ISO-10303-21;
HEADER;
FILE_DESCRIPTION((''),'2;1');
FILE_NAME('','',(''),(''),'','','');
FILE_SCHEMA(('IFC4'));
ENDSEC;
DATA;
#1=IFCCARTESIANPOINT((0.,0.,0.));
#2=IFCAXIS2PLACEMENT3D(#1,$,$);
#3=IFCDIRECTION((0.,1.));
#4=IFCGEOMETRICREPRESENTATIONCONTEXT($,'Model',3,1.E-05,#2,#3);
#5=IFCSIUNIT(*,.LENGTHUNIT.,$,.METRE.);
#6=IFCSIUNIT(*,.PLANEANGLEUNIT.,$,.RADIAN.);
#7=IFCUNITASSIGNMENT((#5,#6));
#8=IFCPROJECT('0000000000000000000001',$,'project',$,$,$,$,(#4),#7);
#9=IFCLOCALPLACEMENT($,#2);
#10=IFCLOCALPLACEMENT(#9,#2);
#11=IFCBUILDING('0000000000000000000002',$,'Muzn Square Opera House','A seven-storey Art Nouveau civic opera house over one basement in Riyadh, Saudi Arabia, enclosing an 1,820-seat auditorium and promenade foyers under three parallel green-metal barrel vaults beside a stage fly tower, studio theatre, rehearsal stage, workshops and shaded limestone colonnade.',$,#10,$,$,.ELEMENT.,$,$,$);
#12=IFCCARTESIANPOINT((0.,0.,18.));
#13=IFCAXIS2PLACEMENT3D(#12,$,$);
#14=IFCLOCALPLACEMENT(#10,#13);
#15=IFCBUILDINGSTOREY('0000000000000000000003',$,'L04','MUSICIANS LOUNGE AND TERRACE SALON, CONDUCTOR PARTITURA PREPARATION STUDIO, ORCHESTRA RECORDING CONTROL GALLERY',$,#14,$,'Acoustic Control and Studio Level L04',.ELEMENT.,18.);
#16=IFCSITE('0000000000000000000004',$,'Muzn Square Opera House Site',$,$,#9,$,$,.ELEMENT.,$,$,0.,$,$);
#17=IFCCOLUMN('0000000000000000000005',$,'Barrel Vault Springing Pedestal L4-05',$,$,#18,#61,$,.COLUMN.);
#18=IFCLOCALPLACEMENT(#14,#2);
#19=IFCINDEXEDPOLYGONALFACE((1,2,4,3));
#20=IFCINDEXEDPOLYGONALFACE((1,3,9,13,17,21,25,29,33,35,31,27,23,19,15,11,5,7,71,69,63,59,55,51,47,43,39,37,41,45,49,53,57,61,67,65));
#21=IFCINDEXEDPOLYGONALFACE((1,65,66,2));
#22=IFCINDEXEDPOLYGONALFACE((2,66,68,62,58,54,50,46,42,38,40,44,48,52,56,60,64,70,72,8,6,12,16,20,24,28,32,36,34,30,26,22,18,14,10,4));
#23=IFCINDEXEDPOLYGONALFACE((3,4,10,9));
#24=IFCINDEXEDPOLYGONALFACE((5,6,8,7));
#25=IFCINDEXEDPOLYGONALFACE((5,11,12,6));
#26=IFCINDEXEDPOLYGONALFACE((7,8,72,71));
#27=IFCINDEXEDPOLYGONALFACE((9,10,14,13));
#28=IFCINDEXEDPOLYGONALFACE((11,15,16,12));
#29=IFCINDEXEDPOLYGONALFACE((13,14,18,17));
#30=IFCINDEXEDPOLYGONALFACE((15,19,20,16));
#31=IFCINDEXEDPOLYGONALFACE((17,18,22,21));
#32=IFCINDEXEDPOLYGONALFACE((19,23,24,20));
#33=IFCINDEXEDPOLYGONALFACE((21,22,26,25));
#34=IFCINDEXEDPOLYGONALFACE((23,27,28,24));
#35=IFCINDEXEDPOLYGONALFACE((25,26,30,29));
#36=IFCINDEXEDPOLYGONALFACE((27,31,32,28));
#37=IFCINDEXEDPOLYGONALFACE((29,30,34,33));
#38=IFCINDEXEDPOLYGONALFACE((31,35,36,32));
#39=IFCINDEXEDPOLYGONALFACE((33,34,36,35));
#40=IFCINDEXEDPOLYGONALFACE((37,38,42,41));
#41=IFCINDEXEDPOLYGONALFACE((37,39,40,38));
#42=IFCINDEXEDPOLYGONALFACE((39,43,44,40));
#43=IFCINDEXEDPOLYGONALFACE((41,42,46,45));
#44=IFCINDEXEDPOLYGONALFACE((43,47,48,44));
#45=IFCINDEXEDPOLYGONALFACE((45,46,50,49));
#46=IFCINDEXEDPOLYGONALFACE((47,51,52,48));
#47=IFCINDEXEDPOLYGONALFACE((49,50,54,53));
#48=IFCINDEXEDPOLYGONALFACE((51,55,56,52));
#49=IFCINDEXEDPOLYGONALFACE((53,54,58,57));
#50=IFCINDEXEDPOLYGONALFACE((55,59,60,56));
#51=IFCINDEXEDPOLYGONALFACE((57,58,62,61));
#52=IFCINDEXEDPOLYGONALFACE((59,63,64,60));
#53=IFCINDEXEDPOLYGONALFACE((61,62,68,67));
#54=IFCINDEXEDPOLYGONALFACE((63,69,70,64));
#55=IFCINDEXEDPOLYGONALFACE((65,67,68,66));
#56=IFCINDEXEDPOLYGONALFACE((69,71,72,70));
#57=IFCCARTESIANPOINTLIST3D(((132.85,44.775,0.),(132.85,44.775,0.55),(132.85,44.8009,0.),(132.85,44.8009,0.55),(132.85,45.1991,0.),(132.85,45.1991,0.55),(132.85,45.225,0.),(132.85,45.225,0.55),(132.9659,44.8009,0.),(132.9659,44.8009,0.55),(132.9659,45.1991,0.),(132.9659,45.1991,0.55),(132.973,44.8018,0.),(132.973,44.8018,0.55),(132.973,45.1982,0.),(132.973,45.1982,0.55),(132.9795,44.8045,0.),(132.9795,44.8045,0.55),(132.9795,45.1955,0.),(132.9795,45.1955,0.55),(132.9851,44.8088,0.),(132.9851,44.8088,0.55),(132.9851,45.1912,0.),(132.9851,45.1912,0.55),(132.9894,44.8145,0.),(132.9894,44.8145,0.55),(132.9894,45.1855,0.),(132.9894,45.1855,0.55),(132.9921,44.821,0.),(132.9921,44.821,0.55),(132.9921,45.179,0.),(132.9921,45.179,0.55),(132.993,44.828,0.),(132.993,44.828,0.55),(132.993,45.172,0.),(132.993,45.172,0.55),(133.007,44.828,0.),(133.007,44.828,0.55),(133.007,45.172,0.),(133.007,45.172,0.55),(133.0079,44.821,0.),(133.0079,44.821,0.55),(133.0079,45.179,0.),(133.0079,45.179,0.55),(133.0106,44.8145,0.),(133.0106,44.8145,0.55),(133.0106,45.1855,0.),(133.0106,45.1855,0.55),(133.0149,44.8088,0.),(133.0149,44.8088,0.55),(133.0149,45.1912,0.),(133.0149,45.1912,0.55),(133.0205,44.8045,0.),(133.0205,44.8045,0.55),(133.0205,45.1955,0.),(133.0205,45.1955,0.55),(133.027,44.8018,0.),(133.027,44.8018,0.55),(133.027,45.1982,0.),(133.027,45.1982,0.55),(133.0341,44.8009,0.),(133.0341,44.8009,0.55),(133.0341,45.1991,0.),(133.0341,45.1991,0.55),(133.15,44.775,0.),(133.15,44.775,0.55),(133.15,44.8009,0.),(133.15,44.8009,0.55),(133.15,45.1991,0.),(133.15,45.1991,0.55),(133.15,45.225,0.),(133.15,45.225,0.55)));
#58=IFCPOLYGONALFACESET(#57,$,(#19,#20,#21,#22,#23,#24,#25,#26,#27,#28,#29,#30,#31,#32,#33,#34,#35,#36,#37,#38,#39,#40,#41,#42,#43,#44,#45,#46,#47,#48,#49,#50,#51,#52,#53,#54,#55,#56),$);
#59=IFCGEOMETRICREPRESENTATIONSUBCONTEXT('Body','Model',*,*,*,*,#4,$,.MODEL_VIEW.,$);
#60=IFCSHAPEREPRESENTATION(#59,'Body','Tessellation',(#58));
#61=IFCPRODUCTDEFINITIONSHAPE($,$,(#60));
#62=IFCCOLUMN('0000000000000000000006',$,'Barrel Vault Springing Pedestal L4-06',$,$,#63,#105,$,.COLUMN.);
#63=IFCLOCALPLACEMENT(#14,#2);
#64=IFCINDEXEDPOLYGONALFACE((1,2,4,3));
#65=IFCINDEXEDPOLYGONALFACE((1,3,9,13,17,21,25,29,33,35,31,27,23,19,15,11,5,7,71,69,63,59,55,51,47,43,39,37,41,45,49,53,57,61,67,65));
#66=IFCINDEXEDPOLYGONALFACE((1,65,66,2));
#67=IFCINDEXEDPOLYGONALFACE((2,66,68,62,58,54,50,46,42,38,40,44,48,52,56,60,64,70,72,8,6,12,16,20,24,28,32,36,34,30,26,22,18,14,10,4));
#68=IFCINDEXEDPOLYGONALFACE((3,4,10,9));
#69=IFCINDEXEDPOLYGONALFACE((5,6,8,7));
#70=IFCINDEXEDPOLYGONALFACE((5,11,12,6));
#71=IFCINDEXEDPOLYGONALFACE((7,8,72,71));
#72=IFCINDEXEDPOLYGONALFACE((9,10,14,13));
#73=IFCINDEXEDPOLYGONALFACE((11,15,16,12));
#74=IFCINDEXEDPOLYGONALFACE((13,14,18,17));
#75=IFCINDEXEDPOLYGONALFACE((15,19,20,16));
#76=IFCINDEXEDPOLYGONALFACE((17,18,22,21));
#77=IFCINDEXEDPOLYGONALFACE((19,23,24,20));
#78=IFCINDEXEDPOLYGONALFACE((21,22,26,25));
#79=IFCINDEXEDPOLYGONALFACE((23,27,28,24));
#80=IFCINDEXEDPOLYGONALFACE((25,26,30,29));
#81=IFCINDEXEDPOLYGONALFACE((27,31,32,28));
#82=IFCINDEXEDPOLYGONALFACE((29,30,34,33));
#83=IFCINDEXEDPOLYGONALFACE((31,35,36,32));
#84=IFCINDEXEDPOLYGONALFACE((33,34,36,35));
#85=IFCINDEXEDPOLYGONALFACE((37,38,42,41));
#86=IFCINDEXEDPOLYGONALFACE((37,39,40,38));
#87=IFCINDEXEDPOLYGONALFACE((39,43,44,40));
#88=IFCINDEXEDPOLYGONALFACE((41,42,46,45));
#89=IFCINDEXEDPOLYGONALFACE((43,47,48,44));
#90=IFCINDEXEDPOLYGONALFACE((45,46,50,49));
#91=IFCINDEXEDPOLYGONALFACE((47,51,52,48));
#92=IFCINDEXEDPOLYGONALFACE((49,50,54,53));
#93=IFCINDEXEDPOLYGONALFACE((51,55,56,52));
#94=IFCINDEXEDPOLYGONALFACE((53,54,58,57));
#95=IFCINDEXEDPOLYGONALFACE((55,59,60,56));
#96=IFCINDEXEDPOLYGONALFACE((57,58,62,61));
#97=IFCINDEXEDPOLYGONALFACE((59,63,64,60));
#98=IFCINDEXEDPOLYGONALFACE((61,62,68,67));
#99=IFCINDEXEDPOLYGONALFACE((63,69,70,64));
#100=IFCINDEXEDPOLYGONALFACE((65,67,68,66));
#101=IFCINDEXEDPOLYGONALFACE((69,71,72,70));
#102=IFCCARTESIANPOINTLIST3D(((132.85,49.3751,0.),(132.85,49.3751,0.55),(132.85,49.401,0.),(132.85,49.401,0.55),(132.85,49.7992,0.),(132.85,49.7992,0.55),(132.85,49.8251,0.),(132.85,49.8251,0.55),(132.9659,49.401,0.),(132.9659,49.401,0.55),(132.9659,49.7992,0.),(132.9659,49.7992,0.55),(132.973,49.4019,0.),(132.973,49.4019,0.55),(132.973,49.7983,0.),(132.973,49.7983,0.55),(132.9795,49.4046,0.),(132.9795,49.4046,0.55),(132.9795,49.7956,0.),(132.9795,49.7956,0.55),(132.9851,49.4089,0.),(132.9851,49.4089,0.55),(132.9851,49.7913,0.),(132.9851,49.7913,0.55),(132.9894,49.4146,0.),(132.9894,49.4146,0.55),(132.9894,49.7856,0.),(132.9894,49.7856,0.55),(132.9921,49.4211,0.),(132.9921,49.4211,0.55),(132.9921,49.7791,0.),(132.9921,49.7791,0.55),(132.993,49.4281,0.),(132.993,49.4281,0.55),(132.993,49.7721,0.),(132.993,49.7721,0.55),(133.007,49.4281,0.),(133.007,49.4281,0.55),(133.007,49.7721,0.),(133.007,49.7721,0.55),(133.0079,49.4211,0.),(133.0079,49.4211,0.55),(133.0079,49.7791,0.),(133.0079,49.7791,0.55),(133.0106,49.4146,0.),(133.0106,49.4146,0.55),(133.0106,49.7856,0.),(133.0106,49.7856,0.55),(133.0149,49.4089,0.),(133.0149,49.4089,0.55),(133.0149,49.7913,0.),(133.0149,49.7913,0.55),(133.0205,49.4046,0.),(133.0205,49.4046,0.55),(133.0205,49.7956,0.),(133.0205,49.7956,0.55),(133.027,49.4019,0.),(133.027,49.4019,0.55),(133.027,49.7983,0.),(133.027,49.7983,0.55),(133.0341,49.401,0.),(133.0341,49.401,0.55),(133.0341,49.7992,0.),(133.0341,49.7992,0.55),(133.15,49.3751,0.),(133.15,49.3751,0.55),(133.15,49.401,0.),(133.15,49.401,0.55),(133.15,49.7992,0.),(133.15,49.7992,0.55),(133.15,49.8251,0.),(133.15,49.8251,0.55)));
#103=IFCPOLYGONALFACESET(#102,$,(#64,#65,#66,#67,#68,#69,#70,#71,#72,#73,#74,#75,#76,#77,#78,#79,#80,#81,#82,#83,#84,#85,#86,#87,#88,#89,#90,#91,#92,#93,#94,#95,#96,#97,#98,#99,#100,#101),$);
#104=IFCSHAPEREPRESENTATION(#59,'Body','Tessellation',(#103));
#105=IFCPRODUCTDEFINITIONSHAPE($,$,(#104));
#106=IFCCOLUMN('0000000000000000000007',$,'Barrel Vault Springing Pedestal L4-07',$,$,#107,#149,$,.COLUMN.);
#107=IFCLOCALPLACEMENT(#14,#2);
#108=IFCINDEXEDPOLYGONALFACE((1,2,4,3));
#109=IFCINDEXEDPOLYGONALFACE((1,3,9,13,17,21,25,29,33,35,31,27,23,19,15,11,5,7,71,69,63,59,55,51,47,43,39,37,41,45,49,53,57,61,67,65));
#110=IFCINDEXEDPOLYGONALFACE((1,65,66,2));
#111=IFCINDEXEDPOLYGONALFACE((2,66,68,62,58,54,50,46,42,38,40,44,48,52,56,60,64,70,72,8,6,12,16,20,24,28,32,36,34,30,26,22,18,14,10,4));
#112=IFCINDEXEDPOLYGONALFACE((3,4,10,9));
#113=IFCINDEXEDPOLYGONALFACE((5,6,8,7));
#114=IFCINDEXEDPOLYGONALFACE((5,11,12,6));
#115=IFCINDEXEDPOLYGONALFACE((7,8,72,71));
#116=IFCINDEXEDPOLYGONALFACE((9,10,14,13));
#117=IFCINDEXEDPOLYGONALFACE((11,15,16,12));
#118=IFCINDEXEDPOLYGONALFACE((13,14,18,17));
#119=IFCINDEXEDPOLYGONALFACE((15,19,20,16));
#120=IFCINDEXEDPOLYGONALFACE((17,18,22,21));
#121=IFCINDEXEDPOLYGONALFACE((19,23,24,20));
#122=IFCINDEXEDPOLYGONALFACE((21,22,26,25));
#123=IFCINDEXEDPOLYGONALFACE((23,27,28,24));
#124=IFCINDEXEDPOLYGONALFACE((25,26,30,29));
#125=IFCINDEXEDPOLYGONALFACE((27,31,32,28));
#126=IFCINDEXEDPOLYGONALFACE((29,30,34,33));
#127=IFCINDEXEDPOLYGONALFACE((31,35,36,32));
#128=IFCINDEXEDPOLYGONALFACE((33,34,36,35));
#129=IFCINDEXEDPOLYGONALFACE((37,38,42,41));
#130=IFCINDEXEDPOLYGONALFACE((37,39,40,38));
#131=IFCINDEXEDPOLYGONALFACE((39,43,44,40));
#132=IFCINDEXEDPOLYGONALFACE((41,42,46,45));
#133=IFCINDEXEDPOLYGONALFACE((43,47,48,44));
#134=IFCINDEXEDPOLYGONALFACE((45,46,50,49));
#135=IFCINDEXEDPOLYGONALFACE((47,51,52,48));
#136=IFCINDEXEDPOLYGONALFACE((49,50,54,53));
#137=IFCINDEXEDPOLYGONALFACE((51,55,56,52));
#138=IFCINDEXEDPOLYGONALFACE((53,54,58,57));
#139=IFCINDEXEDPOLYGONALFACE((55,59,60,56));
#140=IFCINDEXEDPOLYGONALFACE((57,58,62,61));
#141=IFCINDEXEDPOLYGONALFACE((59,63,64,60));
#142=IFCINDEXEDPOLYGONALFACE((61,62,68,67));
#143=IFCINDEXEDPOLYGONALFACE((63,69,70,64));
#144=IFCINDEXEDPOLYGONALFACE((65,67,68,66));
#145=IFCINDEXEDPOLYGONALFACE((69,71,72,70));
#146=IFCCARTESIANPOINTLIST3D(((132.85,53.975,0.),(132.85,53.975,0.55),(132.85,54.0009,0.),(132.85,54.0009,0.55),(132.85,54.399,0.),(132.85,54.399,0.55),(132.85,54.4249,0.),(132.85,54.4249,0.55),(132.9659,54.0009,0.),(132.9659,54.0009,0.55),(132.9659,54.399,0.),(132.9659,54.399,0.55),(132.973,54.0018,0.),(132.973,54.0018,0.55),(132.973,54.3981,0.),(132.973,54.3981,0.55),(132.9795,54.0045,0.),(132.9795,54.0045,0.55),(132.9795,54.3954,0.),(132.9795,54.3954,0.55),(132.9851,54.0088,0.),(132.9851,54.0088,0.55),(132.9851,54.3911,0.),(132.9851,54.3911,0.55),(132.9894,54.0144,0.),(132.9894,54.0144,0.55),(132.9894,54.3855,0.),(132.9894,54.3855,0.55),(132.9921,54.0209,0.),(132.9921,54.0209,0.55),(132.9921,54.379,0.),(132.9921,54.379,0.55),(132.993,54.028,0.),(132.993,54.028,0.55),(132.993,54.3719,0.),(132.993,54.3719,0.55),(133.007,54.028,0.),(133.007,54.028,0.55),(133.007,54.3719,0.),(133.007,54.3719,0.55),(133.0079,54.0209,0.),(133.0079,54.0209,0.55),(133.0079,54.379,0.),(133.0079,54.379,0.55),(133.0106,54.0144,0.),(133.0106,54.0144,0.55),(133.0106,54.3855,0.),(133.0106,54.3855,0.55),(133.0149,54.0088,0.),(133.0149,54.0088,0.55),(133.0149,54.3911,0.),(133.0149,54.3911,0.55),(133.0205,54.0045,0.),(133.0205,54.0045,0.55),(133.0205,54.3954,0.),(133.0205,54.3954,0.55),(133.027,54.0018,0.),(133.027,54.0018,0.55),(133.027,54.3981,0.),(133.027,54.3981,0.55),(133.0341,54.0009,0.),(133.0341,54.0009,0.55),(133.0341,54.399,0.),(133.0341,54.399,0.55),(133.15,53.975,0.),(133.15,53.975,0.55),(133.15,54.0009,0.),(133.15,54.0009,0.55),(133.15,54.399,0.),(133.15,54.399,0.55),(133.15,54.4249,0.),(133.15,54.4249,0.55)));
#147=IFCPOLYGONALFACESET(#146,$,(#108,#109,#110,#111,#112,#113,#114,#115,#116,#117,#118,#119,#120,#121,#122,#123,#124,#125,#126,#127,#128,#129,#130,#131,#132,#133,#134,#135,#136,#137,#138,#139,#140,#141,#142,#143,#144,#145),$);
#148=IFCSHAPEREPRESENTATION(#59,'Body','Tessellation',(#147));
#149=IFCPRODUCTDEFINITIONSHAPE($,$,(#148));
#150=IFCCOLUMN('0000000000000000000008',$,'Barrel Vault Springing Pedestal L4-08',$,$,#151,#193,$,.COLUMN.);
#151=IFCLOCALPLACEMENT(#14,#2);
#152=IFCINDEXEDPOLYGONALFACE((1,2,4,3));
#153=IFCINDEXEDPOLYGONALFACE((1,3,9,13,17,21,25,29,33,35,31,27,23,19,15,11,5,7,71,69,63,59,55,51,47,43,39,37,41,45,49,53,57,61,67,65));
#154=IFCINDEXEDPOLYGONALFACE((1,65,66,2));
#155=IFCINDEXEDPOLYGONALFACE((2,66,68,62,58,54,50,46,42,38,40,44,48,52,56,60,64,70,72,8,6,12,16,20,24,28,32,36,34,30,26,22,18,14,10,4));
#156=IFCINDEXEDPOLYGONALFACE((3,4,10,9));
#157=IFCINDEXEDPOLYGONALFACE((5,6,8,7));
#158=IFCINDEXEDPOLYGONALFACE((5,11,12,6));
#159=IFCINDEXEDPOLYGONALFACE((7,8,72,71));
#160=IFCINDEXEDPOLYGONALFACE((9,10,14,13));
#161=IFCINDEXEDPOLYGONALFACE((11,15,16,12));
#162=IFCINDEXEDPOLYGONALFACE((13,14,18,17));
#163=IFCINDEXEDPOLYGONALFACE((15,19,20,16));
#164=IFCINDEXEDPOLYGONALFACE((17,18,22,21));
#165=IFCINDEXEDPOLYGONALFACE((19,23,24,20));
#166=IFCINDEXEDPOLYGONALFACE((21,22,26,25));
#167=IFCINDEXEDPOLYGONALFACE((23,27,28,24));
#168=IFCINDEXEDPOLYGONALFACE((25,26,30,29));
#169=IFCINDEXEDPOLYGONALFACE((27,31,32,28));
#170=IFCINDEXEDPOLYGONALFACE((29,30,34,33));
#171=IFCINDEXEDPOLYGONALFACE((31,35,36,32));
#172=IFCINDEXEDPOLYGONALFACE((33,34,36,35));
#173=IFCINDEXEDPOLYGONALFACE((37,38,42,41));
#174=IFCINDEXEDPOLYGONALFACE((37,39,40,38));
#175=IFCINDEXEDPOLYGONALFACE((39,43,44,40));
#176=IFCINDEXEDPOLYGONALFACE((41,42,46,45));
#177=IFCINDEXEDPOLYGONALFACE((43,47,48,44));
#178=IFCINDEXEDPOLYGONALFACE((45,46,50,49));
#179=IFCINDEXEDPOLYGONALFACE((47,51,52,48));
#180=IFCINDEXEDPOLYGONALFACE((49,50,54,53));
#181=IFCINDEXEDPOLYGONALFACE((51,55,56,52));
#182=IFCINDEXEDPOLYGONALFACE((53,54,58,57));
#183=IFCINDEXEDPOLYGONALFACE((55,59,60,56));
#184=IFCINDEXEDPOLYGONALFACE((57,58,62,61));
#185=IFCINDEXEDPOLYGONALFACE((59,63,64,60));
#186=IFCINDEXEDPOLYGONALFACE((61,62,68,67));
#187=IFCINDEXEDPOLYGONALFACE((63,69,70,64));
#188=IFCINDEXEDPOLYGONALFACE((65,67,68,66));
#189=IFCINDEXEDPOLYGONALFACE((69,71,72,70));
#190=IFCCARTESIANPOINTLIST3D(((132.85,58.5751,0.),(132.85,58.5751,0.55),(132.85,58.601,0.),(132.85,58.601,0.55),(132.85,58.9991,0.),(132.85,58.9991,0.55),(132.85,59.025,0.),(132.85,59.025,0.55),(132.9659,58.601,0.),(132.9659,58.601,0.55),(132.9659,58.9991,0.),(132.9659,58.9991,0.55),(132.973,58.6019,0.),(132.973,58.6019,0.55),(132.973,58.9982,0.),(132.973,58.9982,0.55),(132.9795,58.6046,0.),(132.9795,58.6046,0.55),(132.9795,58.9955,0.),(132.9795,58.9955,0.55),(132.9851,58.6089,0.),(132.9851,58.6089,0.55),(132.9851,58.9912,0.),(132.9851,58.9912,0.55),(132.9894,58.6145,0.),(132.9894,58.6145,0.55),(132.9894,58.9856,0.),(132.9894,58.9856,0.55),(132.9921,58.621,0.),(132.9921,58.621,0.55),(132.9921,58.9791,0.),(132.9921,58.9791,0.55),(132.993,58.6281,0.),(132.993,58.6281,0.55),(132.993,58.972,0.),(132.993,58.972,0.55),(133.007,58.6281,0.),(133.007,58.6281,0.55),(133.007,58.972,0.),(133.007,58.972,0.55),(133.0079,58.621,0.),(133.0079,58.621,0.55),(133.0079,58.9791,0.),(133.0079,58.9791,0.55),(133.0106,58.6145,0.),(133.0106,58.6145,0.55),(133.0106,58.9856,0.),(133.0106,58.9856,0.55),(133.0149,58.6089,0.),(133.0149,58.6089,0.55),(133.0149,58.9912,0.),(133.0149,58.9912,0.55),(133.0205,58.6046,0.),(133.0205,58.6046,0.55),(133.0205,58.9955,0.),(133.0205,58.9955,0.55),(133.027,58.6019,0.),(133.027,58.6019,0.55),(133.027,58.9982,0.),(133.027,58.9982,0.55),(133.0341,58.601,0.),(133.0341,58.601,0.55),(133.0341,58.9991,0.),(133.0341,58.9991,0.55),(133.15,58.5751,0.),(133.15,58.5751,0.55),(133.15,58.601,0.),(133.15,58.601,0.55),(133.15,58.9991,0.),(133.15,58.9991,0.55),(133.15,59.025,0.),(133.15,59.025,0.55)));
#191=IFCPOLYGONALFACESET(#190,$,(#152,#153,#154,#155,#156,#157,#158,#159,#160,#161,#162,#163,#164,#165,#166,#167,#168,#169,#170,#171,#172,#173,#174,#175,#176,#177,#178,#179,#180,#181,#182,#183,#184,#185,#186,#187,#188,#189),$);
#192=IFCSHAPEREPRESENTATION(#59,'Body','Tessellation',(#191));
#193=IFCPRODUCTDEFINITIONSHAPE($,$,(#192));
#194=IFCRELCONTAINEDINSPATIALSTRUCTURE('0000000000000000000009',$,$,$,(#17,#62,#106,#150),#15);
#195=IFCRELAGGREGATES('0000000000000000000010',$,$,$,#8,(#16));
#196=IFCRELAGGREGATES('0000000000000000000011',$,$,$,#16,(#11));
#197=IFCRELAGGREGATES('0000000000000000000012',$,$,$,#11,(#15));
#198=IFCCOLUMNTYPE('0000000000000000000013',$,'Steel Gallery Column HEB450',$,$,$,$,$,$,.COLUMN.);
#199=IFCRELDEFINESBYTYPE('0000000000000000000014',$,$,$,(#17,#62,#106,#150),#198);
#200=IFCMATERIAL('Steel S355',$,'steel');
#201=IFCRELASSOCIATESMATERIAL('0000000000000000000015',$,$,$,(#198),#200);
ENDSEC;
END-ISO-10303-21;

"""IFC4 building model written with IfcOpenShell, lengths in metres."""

from ifc_helpers import new_model, si_unit, direction, frame, origin, origin_2d, place, context, subcontext, project, spatial, i_section, extrude, material, material_profile, profile_set, type_object, element, save


model = new_model("IFC4")

# Units and contexts
model_context = context("Model", 3, precision=1e-05, world=origin(), true_north=direction((0.0, 1.0)))
body_context = subcontext(model_context, "Body", "Model", "MODEL_VIEW")
ifc_project = project(units=[si_unit("LENGTHUNIT", "METRE"), si_unit("PLANEANGLEUNIT", "RADIAN")], contexts=[model_context])

# Site, building, storey
site_placement = place(None, origin())
site = spatial("IfcSite", under=ifc_project, at=site_placement, Name="Muzn Square Opera House Site", CompositionType="ELEMENT", RefElevation=0.0)
building_placement = place(site_placement, origin())
building = spatial("IfcBuilding", under=site, at=building_placement, Name="Muzn Square Opera House", Description="A seven-storey Art Nouveau civic opera house over one basement in Riyadh, Saudi Arabia, enclosing an 1,820-seat auditorium and promenade foyers under three parallel green-metal barrel vaults beside a stage fly tower, studio theatre, rehearsal stage, workshops and shaded limestone colonnade.", CompositionType="ELEMENT")
storey_placement = place(building_placement, frame((0.0, 0.0, 18.0)))
storey = spatial("IfcBuildingStorey", under=building, at=storey_placement, Name="L04", Description="MUSICIANS LOUNGE AND TERRACE SALON, CONDUCTOR PARTITURA PREPARATION STUDIO, ORCHESTRA RECORDING CONTROL GALLERY", LongName="Acoustic Control and Studio Level L04", CompositionType="ELEMENT", Elevation=18.0)

# Columns
ifc_material_1 = material(Name="Steel S355", Category="steel")
ifc_material_profile_1 = material_profile(ifc_material_1, i_section(OverallWidth=0.3, OverallDepth=0.45, WebThickness=0.0139, FlangeThickness=0.0259, FilletRadius=0.0271, at=origin_2d()), Name="HEB 450", Category="steel")
ifc_profile_set_1 = profile_set([ifc_material_profile_1], Name="Steel S355")
column_type_1 = type_object("IfcColumnType", Name="Steel Gallery Column HEB450", PredefinedType="COLUMN", material=ifc_profile_set_1)
for number, where, z_axis, x_axis, name in (
    (1, (133.0, 45.0, 0.0), (0.0, 0.0, 1.0), (1.0, 0.0, 0.0), "Barrel Vault Springing Pedestal L4-05"),
    (2, (133.0, 49.6001, 0.0), (0.0, 0.0, 1.0), (1.0, 0.0, 0.0), "Barrel Vault Springing Pedestal L4-06"),
    (3, (133.0, 54.2, 0.0), (0.0, 0.0, 1.0), (1.0, 0.0, 0.0), "Barrel Vault Springing Pedestal L4-07"),
    (4, (133.0, 58.8, 0.0), (0.0, 0.0, 1.0), (1.0, 0.0, 0.0), "Barrel Vault Springing Pedestal L4-08"),
):
    element("IfcColumn", number, at=place(storey_placement, frame(where, z_axis=z_axis, x_axis=x_axis)), inside=storey, type_object=column_type_1, Name=name, PredefinedType="COLUMN", context=body_context, shape_type="SweptSolid", body=[
        extrude(i_section(OverallWidth=0.3, OverallDepth=0.45, WebThickness=0.0139, FlangeThickness=0.0259, FilletRadius=0.0271, at=origin_2d()), origin(), (0.0, 0.0, 1.0), 0.55),
    ])

save(model, "model.ifc")
